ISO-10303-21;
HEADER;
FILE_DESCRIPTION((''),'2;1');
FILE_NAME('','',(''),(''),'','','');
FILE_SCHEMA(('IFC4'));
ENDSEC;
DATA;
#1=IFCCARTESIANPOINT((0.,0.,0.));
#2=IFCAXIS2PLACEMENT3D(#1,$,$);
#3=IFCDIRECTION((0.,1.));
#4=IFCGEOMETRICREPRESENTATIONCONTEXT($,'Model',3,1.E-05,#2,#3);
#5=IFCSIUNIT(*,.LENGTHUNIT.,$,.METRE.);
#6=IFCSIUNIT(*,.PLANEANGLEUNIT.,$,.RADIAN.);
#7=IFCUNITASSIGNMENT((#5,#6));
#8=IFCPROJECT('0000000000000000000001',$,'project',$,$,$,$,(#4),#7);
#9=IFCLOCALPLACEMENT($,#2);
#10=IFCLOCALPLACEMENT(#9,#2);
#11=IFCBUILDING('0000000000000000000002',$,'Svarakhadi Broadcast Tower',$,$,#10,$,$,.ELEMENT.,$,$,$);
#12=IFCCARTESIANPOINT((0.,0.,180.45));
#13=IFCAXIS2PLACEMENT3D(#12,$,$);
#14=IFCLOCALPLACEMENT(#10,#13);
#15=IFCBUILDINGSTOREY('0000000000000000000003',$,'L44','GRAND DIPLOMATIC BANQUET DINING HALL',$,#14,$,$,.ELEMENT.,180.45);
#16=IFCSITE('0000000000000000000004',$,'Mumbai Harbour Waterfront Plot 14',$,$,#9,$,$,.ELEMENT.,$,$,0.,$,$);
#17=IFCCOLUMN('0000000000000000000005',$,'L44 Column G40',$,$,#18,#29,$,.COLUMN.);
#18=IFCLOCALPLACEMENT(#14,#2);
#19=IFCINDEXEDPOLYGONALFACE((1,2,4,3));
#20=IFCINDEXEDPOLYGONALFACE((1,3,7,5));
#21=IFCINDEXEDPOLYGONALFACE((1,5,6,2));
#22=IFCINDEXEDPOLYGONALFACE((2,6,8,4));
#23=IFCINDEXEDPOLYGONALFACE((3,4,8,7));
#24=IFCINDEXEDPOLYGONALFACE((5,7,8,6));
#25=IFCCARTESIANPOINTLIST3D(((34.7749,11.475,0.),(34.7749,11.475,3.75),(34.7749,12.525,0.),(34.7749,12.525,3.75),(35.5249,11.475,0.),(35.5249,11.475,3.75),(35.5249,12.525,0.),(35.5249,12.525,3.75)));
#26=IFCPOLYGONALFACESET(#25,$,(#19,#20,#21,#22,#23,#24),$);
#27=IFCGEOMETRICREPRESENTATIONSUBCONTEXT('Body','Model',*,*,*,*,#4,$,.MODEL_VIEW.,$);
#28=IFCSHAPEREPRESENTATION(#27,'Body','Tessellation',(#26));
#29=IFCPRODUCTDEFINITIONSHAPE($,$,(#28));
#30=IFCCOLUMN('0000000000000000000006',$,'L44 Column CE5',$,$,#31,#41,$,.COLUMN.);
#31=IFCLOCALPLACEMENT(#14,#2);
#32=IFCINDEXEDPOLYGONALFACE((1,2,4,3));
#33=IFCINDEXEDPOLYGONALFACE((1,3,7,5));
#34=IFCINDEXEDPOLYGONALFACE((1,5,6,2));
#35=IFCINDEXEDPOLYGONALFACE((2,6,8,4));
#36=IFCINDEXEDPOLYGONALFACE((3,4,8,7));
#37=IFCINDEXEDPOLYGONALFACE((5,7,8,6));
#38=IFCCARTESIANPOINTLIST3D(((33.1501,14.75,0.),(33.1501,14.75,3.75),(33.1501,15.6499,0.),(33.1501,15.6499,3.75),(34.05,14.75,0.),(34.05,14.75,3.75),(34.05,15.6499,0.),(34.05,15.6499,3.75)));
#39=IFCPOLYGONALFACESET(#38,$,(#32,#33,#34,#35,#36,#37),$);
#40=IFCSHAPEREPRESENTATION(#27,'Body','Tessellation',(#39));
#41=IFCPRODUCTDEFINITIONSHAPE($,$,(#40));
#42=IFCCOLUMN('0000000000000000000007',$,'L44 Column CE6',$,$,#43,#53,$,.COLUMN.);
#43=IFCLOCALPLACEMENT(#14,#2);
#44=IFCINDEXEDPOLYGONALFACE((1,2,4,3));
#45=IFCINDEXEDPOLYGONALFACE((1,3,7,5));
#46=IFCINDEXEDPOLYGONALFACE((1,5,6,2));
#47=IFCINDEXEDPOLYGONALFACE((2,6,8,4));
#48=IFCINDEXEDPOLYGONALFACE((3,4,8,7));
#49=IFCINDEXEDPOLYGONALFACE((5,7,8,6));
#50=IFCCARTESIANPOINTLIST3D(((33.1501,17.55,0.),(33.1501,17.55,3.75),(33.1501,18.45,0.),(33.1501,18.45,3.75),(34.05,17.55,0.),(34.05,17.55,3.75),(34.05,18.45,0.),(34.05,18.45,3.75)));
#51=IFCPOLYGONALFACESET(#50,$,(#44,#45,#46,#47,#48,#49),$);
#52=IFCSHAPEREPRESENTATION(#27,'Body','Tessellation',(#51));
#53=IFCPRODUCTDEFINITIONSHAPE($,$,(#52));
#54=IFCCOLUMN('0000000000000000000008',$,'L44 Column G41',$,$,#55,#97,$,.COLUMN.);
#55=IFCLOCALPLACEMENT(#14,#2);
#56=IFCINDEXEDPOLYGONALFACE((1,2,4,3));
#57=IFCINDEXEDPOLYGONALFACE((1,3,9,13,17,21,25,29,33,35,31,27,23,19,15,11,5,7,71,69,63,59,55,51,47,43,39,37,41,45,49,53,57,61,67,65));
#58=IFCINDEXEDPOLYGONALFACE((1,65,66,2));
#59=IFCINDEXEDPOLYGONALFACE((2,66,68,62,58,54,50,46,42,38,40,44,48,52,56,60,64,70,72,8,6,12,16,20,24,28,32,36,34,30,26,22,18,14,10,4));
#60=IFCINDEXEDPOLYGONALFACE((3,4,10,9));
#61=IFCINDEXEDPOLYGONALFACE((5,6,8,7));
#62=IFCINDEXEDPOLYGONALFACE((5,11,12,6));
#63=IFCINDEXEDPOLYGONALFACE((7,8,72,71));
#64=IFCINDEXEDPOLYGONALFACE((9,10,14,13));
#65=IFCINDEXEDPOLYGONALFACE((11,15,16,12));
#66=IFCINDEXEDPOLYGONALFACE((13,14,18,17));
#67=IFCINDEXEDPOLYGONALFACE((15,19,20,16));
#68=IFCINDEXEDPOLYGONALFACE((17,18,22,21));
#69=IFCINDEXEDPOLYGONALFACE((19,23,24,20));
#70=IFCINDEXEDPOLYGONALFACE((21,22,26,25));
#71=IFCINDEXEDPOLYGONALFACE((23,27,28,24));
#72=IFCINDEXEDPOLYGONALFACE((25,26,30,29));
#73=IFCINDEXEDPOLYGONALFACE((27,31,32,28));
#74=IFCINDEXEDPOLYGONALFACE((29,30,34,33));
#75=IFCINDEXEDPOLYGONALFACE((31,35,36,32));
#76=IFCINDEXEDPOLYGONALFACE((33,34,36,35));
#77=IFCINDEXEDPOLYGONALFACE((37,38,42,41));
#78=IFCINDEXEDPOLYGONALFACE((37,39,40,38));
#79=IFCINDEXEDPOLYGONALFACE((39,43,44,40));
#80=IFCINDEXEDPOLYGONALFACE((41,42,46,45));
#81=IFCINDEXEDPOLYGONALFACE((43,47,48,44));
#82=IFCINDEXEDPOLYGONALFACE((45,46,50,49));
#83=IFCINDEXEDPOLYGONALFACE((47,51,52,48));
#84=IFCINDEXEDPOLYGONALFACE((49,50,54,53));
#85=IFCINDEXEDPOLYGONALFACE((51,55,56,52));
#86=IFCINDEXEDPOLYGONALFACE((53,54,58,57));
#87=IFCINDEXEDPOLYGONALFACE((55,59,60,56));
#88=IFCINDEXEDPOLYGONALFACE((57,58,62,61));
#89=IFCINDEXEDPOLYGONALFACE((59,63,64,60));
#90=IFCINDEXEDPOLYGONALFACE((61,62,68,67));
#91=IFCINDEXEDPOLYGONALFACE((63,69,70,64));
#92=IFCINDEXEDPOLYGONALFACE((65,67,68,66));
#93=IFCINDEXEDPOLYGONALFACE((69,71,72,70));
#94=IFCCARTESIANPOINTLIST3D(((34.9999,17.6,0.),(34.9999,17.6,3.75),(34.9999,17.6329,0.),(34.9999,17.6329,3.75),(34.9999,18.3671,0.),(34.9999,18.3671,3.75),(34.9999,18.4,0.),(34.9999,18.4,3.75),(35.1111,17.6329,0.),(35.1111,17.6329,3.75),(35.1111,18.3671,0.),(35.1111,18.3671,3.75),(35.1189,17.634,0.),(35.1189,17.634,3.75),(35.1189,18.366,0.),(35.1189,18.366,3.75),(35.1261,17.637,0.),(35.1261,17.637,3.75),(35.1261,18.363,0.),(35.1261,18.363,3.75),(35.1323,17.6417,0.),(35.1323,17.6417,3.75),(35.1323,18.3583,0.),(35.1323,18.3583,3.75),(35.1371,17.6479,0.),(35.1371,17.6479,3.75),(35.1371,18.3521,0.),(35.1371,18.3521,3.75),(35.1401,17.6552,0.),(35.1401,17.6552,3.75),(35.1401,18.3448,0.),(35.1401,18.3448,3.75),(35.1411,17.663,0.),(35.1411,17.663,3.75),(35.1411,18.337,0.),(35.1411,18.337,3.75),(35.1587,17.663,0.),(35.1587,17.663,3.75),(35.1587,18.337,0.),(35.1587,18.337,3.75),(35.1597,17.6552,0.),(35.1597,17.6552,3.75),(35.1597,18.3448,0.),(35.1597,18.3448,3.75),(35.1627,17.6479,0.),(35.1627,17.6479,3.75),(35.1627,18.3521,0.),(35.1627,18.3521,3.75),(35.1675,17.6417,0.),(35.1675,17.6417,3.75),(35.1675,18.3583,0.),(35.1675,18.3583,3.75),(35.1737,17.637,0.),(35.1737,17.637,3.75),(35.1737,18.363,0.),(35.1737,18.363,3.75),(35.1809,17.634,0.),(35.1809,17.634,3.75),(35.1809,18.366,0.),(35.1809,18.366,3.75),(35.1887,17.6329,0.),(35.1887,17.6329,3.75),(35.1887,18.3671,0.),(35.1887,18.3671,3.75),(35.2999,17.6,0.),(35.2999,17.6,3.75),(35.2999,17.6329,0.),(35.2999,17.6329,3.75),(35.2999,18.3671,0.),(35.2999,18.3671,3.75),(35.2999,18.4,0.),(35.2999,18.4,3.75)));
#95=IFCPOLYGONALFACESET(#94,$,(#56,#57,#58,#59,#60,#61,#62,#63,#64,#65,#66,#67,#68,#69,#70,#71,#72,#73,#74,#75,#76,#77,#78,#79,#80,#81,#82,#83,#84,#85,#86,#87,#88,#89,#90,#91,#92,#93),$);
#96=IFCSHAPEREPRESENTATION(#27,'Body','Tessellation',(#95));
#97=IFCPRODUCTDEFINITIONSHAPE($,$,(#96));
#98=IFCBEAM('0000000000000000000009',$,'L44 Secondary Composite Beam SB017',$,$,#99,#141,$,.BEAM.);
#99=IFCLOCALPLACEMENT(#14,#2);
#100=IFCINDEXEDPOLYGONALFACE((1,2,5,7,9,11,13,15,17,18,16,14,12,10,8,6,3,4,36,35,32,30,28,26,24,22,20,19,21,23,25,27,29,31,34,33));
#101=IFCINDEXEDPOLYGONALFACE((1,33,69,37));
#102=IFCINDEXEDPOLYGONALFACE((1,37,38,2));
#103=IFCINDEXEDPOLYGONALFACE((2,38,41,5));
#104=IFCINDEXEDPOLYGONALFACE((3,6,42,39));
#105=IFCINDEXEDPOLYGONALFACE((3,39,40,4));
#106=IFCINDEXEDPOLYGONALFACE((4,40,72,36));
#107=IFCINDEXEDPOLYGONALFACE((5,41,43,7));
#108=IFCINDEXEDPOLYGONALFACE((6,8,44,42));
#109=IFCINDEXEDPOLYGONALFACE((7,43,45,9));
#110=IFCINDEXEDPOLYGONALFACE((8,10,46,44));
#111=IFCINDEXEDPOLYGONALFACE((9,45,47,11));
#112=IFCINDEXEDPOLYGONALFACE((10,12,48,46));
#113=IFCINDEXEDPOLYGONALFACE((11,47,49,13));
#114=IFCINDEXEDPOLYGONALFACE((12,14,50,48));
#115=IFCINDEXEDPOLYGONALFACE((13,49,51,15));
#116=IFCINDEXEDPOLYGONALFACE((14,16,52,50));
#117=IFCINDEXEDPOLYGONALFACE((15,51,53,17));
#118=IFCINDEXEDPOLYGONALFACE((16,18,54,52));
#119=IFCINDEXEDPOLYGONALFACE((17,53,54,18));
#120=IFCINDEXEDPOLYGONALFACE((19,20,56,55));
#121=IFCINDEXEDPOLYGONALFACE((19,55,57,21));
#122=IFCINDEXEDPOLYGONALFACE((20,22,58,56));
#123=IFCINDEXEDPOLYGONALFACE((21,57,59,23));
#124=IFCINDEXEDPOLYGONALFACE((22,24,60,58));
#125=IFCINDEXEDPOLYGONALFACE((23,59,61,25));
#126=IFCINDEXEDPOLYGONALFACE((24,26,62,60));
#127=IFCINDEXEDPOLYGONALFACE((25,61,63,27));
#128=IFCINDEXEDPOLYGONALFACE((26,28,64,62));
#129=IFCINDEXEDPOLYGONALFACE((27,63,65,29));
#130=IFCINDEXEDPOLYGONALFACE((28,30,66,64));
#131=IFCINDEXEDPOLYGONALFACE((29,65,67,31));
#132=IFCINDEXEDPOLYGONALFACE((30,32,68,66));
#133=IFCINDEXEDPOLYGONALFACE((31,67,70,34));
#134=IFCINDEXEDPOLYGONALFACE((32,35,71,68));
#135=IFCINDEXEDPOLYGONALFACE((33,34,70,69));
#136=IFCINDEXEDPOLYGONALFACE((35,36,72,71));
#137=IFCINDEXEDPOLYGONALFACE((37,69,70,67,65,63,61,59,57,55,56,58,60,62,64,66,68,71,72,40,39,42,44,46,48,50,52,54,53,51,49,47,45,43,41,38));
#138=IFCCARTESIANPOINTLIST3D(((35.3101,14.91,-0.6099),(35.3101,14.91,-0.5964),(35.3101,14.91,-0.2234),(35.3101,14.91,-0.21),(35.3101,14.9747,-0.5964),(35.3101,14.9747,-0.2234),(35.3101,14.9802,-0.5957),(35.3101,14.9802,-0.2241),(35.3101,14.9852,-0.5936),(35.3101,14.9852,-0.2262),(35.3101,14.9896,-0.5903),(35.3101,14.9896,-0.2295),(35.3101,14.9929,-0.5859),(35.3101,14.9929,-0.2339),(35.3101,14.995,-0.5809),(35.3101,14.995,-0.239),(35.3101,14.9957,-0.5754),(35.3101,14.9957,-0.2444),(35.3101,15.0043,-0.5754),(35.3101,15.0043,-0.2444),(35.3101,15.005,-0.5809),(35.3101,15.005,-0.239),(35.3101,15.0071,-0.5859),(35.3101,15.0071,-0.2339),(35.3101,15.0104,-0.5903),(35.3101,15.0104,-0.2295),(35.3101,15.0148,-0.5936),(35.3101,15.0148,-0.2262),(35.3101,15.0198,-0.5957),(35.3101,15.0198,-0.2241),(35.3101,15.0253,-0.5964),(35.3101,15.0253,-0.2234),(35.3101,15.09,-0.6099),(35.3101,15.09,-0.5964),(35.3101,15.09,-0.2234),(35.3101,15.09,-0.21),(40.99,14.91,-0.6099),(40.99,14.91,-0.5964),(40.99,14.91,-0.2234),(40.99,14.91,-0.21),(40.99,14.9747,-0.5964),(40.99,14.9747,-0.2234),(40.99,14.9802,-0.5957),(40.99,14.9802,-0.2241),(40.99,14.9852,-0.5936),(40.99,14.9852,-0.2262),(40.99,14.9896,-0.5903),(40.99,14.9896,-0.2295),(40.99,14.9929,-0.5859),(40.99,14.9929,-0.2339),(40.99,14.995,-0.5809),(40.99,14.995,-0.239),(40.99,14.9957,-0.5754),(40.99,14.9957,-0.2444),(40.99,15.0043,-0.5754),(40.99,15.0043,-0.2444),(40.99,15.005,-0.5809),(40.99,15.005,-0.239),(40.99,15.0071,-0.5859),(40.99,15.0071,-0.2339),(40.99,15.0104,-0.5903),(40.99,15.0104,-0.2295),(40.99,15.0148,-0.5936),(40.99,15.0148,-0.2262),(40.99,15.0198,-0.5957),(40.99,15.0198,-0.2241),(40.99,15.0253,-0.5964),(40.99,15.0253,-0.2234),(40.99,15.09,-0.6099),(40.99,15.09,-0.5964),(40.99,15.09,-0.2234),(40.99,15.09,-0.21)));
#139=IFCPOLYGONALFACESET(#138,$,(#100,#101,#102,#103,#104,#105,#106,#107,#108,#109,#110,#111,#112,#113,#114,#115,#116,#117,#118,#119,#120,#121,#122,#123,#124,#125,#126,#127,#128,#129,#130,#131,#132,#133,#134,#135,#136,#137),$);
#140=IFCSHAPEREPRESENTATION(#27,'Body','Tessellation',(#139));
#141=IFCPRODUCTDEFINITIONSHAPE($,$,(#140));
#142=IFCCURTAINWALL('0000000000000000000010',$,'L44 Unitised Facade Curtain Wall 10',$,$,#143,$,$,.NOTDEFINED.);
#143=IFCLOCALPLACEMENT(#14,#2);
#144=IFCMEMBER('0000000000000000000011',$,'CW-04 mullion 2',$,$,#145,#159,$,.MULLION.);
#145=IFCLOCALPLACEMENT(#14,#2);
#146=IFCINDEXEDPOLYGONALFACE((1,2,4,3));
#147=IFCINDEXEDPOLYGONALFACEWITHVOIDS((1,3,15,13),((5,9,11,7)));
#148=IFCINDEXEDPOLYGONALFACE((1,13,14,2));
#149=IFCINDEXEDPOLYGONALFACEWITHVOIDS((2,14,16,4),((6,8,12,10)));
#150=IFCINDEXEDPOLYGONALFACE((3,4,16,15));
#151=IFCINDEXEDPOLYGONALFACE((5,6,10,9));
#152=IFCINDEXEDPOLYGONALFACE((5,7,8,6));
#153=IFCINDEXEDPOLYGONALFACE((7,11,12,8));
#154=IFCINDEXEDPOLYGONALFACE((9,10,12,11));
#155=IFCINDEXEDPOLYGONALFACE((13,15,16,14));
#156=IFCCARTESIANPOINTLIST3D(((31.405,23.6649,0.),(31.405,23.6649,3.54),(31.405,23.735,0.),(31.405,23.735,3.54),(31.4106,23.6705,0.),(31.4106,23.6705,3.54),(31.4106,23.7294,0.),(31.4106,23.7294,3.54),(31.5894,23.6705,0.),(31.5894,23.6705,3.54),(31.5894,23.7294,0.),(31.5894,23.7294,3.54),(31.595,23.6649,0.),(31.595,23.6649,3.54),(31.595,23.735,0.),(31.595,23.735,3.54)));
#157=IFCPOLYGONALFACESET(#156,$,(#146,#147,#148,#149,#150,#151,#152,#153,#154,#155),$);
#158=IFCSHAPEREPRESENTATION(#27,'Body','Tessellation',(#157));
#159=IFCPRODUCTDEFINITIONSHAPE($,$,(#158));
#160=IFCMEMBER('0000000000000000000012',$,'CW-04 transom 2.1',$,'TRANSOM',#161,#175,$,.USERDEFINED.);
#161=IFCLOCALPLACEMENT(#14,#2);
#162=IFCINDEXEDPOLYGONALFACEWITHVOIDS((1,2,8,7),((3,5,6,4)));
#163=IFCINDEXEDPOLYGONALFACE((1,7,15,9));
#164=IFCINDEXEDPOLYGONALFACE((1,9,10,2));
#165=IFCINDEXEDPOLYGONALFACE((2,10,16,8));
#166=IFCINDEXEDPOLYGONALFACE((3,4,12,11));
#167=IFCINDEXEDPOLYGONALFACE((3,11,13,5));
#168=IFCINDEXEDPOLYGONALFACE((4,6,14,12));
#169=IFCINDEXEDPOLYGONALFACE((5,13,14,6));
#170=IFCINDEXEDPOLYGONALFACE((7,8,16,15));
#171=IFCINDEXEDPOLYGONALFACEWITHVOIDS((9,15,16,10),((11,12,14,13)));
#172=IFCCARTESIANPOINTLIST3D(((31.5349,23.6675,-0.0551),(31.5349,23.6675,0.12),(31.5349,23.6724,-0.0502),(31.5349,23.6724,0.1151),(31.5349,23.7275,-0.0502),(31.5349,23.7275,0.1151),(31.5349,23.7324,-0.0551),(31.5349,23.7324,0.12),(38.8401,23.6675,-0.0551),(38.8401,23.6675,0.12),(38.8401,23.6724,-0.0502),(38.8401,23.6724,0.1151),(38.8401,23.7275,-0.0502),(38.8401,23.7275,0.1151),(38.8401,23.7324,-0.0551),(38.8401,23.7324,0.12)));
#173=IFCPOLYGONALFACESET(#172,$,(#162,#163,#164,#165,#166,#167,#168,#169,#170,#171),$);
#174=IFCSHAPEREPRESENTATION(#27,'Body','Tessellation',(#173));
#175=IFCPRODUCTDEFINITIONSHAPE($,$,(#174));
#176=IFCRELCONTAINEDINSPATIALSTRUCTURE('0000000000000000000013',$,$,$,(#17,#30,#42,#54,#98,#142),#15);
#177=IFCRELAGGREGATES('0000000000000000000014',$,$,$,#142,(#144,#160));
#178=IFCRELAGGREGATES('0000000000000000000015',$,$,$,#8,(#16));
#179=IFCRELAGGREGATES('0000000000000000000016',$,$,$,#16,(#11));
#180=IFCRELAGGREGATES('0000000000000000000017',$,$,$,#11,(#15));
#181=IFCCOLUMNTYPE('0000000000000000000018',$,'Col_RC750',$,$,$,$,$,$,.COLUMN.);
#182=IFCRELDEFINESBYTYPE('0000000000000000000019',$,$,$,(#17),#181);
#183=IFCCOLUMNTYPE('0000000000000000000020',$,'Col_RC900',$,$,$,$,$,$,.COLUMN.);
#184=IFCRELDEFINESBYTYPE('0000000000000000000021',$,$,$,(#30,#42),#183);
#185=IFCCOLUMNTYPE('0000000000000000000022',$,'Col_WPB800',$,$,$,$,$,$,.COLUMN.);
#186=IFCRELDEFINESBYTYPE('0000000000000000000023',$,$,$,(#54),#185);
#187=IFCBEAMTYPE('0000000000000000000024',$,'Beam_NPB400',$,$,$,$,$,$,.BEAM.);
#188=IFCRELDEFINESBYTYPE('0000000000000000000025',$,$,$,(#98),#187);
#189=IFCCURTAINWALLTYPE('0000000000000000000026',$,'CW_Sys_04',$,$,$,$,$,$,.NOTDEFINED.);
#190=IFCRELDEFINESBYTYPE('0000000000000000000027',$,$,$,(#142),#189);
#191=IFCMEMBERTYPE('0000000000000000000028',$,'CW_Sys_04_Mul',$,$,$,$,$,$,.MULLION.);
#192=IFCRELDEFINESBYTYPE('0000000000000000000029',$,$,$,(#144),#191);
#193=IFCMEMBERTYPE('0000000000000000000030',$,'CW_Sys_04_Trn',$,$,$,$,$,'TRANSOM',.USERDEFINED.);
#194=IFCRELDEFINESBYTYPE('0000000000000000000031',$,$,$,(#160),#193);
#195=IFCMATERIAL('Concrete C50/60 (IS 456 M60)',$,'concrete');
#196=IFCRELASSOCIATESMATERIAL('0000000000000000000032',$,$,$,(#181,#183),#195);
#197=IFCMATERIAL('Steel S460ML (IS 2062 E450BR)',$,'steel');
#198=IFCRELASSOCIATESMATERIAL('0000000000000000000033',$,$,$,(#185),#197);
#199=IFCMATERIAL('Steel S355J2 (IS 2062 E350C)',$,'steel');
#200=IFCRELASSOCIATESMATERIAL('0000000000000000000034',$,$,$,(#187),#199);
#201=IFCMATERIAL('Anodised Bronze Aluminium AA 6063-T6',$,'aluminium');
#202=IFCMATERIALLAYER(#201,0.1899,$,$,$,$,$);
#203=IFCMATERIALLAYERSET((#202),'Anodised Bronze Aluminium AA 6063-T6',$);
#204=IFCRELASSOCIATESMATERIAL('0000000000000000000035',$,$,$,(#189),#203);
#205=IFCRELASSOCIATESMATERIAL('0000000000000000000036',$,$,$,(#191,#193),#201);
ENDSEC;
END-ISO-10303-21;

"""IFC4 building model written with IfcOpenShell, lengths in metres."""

from ifc_helpers import new_model, si_unit, direction, frame, origin, origin_2d, place, context, subcontext, project, spatial, rectangle, hollow_rectangle, i_section, extrude, material, layer, layer_set, material_profile, profile_set, type_object, element, aggregate, save


model = new_model("IFC4")

# Units and contexts
model_context = context("Model", 3, precision=1e-05, world=origin(), true_north=direction((0.0, 1.0)))
body_context = subcontext(model_context, "Body", "Model", "MODEL_VIEW")
ifc_project = project(units=[si_unit("LENGTHUNIT", "METRE"), si_unit("PLANEANGLEUNIT", "RADIAN")], contexts=[model_context])

# Site, building, storey
site_placement = place(None, origin())
site = spatial("IfcSite", under=ifc_project, at=site_placement, Name="Mumbai Harbour Waterfront Plot 14", CompositionType="ELEMENT", RefElevation=0.0)
building_placement = place(site_placement, origin())
building = spatial("IfcBuilding", under=site, at=building_placement, Name="Svarakhadi Broadcast Tower", CompositionType="ELEMENT")
storey_placement = place(building_placement, frame((0.0, 0.0, 180.45)))
storey = spatial("IfcBuildingStorey", under=building, at=storey_placement, Name="L44", Description="GRAND DIPLOMATIC BANQUET DINING HALL", CompositionType="ELEMENT", Elevation=180.45)

# Columns
ifc_material_1 = material(Name="Concrete C50/60 (IS 456 M60)", Category="concrete")
ifc_material_profile_1 = material_profile(ifc_material_1, rectangle(XDim=0.75, YDim=1.05, at=origin_2d()), Name="RC 750x1050")
ifc_profile_set_1 = profile_set([ifc_material_profile_1], Name="Concrete C50/60 (IS 456 M60)")
column_type_1 = type_object("IfcColumnType", Name="Col_RC750", PredefinedType="COLUMN", material=ifc_profile_set_1)
column_1_placement = place(storey_placement, frame((35.1499, 12.0, 0.0), z_axis=(0.0, 0.0, 1.0), x_axis=(1.0, 0.0, 0.0)))
element("IfcColumn", 1, at=column_1_placement, inside=storey, type_object=column_type_1, Name="L44 Column G40", PredefinedType="COLUMN", context=body_context, shape_type="SweptSolid", body=[
    extrude(rectangle(XDim=0.75, YDim=1.05, at=origin_2d()), origin(), (0.0, 0.0, 1.0), 3.75),
])
ifc_material_profile_2 = material_profile(ifc_material_1, rectangle(XDim=0.8999, YDim=0.8999, at=origin_2d()), Name="RC 900x900")
ifc_profile_set_2 = profile_set([ifc_material_profile_2], Name="Concrete C50/60 (IS 456 M60)")
column_type_2 = type_object("IfcColumnType", Name="Col_RC900", PredefinedType="COLUMN", material=ifc_profile_set_2)
for number, where, z_axis, x_axis, name in (
    (2, (33.6001, 15.2, 0.0), (0.0, 0.0, 1.0), (1.0, 0.0, 0.0), "L44 Column CE5"),
    (3, (33.6001, 18.0, 0.0), (0.0, 0.0, 1.0), (1.0, 0.0, 0.0), "L44 Column CE6"),
):
    element("IfcColumn", number, at=place(storey_placement, frame(where, z_axis=z_axis, x_axis=x_axis)), inside=storey, type_object=column_type_2, Name=name, PredefinedType="COLUMN", context=body_context, shape_type="SweptSolid", body=[
        extrude(rectangle(XDim=0.8999, YDim=0.8999, at=origin_2d()), origin(), (0.0, 0.0, 1.0), 3.75),
    ])
ifc_material_2 = material(Name="Steel S460ML (IS 2062 E450BR)", Category="steel")
ifc_material_profile_3 = material_profile(ifc_material_2, i_section(OverallWidth=0.3, OverallDepth=0.8, WebThickness=0.0176, FlangeThickness=0.033, FilletRadius=0.03, at=origin_2d()), Name="WPB 800x300x262")
ifc_profile_set_3 = profile_set([ifc_material_profile_3], Name="Steel S460ML (IS 2062 E450BR)")
column_type_3 = type_object("IfcColumnType", Name="Col_WPB800", PredefinedType="COLUMN", material=ifc_profile_set_3)
column_2_placement = place(storey_placement, frame((35.1499, 18.0, 0.0), z_axis=(0.0, 0.0, 1.0), x_axis=(1.0, 0.0, 0.0)))
element("IfcColumn", 4, at=column_2_placement, inside=storey, type_object=column_type_3, Name="L44 Column G41", PredefinedType="COLUMN", context=body_context, shape_type="SweptSolid", body=[
    extrude(i_section(OverallWidth=0.3, OverallDepth=0.8, WebThickness=0.0176, FlangeThickness=0.033, FilletRadius=0.03, at=origin_2d()), origin(), (0.0, 0.0, 1.0), 3.75),
])

# Beam
ifc_material_3 = material(Name="Steel S355J2 (IS 2062 E350C)", Category="steel")
ifc_material_profile_4 = material_profile(ifc_material_3, i_section(OverallWidth=0.1799, OverallDepth=0.3999, WebThickness=0.0085, FlangeThickness=0.0134, FilletRadius=0.021, at=origin_2d()), Name="NPB 400x180x66")
ifc_profile_set_4 = profile_set([ifc_material_profile_4], Name="Steel S355J2 (IS 2062 E350C)")
beam_type_1 = type_object("IfcBeamType", Name="Beam_NPB400", PredefinedType="BEAM", material=ifc_profile_set_4)
beam_1_placement = place(storey_placement, frame((35.3101, 15.0, -0.4099), z_axis=(1.0, 0.0, 0.0), x_axis=(0.0, 1.0, 0.0)))
element("IfcBeam", 5, at=beam_1_placement, inside=storey, type_object=beam_type_1, Name="L44 Secondary Composite Beam SB017", PredefinedType="BEAM", context=body_context, shape_type="SweptSolid", body=[
    extrude(i_section(OverallWidth=0.1799, OverallDepth=0.3999, WebThickness=0.0085, FlangeThickness=0.0134, FilletRadius=0.021, at=origin_2d()), origin(), (0.0, 0.0, 1.0), 5.6799),
])

# Curtain wall, members
ifc_material_4 = material(Name="Anodised Bronze Aluminium AA 6063-T6", Category="aluminium")
ifc_layer_1 = layer(ifc_material_4, 0.1899)
ifc_layer_set_1 = layer_set([ifc_layer_1], Name="Anodised Bronze Aluminium AA 6063-T6")
curtain_wall_type = type_object("IfcCurtainWallType", Name="CW_Sys_04", PredefinedType="NOTDEFINED", material=ifc_layer_set_1)
curtain_wall_placement = place(storey_placement, origin())
curtain_wall = element("IfcCurtainWall", 6, at=curtain_wall_placement, inside=storey, type_object=curtain_wall_type, Name="L44 Unitised Facade Curtain Wall 10", PredefinedType="NOTDEFINED")
ifc_material_profile_5 = material_profile(ifc_material_4, hollow_rectangle(XDim=0.0701, YDim=0.1899, WallThickness=0.0056, at=origin_2d()), Name="ALU MULLION 190x70x6")
ifc_profile_set_5 = profile_set([ifc_material_profile_5], Name="Anodised Bronze Aluminium AA 6063-T6")
member_type_1 = type_object("IfcMemberType", Name="CW_Sys_04_Mul", PredefinedType="MULLION", material=ifc_profile_set_5)
member_1_placement = place(storey_placement, frame((31.5, 23.7, 0.0), z_axis=(0.0, 0.0, 1.0), x_axis=(0.0, 1.0, 0.0)))
member_1 = element("IfcMember", 7, at=member_1_placement, type_object=member_type_1, Name="CW-04 mullion 2", PredefinedType="MULLION", context=body_context, shape_type="SweptSolid", body=[
    extrude(hollow_rectangle(XDim=0.0701, YDim=0.1899, WallThickness=0.0056, at=origin_2d()), origin(), (0.0, 0.0, 1.0), 3.54),
])
ifc_material_profile_6 = material_profile(ifc_material_4, hollow_rectangle(XDim=0.0649, YDim=0.175, WallThickness=0.0049, at=origin_2d()), Name="ALU TRANSOM 175x65x5")
ifc_profile_set_6 = profile_set([ifc_material_profile_6], Name="Anodised Bronze Aluminium AA 6063-T6")
member_type_2 = type_object("IfcMemberType", Name="CW_Sys_04_Trn", ElementType="TRANSOM", PredefinedType="USERDEFINED", material=ifc_profile_set_6)
member_2_placement = place(storey_placement, frame((31.5349, 23.7, 0.0325), z_axis=(1.0, 0.0, 0.0), x_axis=(0.0, 1.0, 0.0)))
member_2 = element("IfcMember", 8, at=member_2_placement, type_object=member_type_2, Name="CW-04 transom 2.1", ObjectType="TRANSOM", PredefinedType="USERDEFINED", context=body_context, shape_type="SweptSolid", body=[
    extrude(hollow_rectangle(XDim=0.0649, YDim=0.175, WallThickness=0.0049, at=origin_2d()), origin(), (0.0, 0.0, 1.0), 7.3052),
])

aggregate(curtain_wall, [member_1, member_2])

save(model, "model.ifc")
